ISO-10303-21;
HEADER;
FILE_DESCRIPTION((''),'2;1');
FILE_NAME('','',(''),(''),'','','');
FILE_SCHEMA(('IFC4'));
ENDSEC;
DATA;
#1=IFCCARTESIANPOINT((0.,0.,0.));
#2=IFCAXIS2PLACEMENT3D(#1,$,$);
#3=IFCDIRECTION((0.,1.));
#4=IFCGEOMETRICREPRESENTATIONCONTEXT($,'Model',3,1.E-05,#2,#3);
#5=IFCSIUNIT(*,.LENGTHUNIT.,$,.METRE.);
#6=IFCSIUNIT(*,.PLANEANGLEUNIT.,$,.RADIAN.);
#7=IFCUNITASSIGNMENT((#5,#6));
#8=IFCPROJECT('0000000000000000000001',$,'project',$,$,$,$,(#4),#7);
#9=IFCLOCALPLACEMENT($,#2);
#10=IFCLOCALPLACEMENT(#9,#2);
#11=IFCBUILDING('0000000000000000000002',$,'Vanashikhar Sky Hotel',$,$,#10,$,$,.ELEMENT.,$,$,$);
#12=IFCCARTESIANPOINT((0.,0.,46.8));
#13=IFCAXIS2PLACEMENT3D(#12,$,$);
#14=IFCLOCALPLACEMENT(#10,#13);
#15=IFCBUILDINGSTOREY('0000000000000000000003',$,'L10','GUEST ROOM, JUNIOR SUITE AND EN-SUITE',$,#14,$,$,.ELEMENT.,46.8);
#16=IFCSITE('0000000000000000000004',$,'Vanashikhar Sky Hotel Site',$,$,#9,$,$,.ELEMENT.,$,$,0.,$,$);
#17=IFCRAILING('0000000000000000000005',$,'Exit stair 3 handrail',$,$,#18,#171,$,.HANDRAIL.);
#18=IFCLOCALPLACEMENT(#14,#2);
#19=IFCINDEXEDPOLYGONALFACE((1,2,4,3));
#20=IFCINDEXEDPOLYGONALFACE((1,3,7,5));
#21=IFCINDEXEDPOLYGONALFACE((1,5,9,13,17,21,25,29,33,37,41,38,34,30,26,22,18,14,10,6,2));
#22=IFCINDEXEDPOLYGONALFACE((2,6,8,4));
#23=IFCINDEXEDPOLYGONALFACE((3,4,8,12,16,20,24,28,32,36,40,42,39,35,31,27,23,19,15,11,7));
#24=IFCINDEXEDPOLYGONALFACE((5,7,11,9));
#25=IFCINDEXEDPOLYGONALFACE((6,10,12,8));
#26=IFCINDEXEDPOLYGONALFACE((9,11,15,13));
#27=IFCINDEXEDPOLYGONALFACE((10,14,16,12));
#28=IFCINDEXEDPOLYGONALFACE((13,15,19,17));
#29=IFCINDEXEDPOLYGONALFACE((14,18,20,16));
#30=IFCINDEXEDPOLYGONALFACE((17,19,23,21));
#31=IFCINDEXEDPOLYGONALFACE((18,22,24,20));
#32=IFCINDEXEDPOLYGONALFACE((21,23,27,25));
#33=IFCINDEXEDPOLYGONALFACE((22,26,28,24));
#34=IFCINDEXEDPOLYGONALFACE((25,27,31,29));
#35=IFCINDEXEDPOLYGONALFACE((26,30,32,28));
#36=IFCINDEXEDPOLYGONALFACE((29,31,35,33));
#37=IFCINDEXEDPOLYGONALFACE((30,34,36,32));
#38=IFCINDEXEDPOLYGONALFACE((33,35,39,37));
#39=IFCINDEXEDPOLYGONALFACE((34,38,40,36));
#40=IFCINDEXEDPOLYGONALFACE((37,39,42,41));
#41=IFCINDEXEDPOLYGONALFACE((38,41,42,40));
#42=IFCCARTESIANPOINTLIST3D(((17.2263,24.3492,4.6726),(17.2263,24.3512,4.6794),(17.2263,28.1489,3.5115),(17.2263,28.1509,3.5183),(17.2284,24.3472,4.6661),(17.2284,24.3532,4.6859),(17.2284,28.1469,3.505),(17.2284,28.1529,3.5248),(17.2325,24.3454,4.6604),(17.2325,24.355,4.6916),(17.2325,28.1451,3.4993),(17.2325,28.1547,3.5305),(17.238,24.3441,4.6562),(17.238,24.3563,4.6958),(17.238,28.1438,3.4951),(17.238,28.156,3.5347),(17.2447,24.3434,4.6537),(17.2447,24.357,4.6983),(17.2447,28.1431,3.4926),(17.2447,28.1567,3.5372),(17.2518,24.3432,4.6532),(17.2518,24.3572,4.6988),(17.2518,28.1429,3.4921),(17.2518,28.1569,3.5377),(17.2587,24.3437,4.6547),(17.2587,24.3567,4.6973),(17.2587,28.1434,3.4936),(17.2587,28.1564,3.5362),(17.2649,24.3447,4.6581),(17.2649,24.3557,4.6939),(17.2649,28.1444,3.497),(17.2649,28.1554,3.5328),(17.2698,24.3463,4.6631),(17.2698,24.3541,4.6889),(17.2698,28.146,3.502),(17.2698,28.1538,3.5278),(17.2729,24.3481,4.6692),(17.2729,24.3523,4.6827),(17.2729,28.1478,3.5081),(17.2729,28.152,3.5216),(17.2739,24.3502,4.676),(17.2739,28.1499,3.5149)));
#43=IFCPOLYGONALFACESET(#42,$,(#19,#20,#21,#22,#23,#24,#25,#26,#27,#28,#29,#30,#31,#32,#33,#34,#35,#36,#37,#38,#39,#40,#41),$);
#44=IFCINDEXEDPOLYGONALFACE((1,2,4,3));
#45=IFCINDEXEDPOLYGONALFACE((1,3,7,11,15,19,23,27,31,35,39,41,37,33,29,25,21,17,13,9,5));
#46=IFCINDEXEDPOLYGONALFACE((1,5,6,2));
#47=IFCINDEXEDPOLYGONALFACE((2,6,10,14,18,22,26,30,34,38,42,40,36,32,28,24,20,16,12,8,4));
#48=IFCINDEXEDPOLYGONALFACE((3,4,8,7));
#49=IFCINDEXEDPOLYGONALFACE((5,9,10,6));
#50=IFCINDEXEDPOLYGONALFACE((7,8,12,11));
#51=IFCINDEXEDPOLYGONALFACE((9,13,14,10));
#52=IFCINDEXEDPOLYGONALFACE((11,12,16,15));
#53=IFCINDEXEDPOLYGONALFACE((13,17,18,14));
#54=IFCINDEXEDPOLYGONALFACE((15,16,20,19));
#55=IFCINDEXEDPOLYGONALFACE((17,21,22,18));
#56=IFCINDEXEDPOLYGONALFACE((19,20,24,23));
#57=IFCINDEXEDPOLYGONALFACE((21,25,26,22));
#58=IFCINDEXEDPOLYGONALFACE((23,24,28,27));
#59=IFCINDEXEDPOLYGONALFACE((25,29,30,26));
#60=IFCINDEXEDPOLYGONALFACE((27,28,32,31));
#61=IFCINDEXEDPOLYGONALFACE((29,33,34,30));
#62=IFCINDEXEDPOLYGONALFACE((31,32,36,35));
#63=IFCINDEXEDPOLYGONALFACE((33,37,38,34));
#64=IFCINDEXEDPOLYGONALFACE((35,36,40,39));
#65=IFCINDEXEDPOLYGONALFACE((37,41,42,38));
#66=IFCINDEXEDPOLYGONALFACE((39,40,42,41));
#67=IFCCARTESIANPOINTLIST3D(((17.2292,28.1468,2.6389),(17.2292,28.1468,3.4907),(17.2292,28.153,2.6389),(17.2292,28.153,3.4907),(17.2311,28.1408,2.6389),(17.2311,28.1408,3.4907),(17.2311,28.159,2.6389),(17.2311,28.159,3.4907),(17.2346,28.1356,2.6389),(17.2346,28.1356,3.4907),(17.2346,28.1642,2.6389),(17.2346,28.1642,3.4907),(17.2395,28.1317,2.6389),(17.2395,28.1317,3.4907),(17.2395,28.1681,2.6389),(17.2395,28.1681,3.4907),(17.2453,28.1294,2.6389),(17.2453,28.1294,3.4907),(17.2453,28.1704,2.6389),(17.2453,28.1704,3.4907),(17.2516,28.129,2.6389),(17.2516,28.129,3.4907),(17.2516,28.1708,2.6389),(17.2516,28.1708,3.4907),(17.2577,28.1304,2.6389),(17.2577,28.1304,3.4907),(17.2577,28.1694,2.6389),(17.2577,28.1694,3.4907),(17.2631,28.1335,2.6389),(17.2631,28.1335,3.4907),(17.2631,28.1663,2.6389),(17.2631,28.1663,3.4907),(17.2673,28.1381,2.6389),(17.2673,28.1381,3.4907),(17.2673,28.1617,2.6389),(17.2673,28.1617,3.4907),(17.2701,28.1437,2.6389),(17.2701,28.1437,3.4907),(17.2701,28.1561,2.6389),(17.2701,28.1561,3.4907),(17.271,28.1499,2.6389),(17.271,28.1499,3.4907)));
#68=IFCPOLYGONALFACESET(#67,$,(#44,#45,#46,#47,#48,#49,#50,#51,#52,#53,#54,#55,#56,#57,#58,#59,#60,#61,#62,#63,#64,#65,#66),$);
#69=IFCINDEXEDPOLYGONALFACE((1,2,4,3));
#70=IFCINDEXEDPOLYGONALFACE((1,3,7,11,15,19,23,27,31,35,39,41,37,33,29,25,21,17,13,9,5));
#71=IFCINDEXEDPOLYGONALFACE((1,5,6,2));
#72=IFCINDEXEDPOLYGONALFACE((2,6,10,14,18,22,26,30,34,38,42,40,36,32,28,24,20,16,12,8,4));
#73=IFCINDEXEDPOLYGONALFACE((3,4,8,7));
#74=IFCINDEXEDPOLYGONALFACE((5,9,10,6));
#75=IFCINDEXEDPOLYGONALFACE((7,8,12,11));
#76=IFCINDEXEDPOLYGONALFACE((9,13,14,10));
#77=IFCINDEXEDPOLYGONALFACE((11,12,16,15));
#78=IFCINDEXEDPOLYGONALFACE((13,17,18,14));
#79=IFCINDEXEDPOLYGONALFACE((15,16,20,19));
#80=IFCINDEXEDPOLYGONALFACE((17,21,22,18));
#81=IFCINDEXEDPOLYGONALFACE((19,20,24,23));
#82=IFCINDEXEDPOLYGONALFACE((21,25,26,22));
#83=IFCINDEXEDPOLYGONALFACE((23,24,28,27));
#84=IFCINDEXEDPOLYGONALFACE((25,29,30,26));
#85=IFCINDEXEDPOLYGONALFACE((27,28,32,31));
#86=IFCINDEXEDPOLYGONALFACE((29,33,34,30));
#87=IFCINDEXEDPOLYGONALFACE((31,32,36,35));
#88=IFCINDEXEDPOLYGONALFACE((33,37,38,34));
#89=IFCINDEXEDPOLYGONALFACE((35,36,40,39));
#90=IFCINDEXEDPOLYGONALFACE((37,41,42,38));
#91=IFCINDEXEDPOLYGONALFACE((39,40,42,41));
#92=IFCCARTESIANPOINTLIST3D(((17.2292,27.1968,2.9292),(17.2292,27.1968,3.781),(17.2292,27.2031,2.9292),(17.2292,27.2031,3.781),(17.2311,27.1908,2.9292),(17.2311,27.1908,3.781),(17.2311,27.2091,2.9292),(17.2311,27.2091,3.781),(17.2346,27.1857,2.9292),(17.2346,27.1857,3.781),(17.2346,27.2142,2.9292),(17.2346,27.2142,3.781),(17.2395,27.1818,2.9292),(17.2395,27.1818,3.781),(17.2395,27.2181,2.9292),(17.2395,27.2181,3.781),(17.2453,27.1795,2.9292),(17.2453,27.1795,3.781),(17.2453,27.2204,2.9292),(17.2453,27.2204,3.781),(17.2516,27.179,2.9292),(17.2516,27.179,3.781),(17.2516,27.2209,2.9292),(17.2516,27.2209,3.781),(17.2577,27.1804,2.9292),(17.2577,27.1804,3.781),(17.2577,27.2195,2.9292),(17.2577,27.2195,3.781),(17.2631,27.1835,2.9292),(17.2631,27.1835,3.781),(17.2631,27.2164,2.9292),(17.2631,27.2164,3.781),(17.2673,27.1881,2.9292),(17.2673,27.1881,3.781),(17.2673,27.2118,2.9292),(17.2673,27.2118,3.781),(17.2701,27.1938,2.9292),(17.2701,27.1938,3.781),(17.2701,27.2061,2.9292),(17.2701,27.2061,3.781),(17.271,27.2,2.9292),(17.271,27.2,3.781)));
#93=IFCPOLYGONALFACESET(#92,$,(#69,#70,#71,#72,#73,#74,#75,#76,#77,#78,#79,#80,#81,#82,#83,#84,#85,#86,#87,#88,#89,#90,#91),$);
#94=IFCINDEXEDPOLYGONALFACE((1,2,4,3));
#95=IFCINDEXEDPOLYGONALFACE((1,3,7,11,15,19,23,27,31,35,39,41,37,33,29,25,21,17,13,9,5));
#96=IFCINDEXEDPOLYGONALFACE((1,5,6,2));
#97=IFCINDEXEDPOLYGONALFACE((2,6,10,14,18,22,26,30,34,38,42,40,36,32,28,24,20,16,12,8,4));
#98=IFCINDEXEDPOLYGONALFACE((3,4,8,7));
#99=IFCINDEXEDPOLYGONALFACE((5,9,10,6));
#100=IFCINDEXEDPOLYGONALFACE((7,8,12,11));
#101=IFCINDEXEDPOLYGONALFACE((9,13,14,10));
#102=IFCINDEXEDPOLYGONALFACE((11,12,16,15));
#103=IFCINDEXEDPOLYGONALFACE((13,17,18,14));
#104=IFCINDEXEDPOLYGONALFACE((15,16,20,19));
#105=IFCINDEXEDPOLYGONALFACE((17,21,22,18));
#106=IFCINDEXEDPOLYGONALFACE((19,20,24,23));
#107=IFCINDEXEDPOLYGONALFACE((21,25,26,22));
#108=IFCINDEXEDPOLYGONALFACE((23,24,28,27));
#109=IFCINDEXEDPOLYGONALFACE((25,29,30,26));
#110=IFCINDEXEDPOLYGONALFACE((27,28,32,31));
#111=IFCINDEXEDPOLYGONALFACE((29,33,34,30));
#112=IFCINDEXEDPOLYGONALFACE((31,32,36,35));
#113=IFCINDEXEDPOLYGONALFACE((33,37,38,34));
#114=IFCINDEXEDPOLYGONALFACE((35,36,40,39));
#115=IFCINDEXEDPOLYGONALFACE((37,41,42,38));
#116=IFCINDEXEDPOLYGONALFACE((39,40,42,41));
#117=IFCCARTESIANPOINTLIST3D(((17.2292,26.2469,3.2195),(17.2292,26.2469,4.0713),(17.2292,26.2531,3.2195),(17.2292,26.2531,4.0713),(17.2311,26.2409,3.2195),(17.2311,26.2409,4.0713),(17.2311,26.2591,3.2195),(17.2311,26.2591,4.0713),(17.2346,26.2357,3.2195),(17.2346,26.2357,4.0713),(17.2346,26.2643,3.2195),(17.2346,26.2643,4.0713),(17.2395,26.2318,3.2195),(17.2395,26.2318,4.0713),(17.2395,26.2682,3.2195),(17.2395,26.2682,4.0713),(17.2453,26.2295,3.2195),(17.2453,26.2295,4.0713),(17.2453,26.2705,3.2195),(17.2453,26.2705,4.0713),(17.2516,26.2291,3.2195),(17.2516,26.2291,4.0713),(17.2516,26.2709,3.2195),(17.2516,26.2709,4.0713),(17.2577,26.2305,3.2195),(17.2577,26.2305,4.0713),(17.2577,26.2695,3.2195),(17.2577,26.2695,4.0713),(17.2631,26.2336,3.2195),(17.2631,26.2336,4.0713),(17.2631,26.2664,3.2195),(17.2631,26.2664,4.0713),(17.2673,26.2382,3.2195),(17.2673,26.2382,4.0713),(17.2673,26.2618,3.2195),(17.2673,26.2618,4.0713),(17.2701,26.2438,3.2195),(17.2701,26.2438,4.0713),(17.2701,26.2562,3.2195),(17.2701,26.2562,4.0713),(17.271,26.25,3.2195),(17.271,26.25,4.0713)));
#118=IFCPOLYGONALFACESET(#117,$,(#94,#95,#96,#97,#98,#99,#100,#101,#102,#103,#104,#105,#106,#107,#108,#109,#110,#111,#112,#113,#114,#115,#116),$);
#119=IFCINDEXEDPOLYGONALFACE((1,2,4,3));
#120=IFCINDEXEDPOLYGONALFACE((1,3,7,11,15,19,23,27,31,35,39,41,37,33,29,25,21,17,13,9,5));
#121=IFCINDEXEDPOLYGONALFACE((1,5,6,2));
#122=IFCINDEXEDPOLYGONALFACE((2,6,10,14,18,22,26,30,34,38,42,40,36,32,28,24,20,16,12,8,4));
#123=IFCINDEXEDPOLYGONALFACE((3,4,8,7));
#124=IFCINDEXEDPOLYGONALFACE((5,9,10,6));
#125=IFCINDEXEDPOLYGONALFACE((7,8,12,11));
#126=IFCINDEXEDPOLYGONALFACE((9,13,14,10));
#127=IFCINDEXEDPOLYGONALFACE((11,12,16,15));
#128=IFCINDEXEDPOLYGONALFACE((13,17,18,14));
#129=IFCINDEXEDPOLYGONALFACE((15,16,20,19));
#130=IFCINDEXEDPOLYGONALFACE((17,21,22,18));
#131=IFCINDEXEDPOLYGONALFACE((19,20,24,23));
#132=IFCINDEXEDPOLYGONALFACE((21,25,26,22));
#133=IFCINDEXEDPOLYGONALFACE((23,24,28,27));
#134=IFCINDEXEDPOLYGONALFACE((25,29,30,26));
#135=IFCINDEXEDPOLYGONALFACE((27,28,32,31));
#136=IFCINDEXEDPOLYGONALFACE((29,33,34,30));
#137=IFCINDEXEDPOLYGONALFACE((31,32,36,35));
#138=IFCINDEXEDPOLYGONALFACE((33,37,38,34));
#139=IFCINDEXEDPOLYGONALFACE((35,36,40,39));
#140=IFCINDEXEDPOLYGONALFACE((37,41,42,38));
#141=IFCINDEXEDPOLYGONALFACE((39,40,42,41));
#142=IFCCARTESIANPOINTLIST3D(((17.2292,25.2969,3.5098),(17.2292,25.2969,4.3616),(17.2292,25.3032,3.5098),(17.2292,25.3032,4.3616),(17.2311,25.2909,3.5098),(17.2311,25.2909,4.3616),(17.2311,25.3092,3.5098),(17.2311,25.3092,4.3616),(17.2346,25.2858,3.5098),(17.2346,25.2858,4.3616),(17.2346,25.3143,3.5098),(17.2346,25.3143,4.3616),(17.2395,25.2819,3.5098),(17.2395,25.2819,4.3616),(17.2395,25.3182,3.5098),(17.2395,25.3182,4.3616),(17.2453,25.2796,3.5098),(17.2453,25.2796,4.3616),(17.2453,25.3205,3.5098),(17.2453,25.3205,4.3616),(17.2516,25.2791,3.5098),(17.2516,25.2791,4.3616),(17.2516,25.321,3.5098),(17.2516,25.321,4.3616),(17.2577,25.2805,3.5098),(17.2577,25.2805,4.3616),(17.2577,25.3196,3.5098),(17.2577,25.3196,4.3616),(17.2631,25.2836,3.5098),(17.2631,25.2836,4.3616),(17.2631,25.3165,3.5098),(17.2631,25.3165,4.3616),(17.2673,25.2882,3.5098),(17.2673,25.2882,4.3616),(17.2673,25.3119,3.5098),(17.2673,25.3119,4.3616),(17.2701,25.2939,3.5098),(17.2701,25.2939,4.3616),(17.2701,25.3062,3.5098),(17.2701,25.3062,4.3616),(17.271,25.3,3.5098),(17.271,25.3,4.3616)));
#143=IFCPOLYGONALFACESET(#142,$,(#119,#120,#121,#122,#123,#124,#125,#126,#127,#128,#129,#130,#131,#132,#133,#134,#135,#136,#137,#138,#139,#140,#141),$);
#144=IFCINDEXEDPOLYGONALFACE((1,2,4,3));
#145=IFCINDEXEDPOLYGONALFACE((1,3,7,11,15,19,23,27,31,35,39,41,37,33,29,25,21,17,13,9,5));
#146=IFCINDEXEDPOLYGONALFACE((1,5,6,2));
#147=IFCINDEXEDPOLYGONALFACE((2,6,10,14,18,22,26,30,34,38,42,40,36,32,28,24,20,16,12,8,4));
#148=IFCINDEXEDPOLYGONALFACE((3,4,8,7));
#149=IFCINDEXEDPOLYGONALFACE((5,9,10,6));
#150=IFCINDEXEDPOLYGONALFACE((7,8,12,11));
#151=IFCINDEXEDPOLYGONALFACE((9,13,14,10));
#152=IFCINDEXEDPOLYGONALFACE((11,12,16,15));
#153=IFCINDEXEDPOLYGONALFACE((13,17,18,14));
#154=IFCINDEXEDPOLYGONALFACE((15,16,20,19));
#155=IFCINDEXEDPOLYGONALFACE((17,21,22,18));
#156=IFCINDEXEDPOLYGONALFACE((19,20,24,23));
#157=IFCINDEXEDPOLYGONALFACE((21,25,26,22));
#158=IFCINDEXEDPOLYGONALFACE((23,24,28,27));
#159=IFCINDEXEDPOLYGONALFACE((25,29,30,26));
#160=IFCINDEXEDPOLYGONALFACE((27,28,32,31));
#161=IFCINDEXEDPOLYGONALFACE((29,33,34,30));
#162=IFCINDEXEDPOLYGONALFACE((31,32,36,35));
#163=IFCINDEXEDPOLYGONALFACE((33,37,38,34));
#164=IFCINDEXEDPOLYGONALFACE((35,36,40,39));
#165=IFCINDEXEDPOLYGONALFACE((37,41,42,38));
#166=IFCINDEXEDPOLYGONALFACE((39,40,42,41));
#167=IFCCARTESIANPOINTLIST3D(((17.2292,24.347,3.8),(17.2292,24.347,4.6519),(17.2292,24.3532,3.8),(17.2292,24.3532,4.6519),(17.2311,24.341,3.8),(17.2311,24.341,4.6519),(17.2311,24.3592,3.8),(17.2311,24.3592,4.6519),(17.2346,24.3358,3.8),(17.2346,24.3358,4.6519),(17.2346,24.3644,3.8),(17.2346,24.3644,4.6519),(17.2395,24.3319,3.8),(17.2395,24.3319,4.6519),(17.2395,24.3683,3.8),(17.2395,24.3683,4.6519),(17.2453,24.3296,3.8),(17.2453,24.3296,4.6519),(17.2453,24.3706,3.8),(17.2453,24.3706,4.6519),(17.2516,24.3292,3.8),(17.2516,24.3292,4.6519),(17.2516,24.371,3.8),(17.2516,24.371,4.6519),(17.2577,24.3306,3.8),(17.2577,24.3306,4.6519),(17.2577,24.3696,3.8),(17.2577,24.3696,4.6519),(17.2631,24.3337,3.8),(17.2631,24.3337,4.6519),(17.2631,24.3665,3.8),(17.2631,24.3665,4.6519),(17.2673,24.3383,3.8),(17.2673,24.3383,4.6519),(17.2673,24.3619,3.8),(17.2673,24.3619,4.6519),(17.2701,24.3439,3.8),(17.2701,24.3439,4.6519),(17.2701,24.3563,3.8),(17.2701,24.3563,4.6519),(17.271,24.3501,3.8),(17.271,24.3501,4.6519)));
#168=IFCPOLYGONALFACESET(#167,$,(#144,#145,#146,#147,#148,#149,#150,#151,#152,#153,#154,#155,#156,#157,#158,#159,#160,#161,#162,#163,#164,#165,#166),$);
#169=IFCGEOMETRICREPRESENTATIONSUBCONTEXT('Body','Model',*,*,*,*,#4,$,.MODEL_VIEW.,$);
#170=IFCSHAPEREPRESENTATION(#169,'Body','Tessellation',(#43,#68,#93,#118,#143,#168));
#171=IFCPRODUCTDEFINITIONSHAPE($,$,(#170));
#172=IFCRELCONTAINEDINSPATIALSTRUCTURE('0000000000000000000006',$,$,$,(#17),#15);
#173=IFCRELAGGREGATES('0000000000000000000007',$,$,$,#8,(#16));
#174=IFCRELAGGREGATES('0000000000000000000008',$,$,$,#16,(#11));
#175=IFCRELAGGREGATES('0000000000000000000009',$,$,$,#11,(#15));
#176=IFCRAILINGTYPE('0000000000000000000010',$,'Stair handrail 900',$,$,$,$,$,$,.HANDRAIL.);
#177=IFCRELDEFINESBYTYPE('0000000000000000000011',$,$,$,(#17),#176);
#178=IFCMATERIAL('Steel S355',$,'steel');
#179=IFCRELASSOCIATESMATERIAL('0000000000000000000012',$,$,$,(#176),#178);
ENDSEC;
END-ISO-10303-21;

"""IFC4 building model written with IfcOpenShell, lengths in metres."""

from ifc_helpers import new_model, si_unit, direction, frame, origin, origin_2d, place, context, subcontext, project, spatial, circle, extrude, source, transform, mapped, material, type_object, element, save


model = new_model("IFC4")

# Units and contexts
model_context = context("Model", 3, precision=1e-05, world=origin(), true_north=direction((0.0, 1.0)))
body_context = subcontext(model_context, "Body", "Model", "MODEL_VIEW")
ifc_project = project(units=[si_unit("LENGTHUNIT", "METRE"), si_unit("PLANEANGLEUNIT", "RADIAN")], contexts=[model_context])

# Site, building, storey
site_placement = place(None, origin())
site = spatial("IfcSite", under=ifc_project, at=site_placement, Name="Vanashikhar Sky Hotel Site", CompositionType="ELEMENT", RefElevation=0.0)
building_placement = place(site_placement, origin())
building = spatial("IfcBuilding", under=site, at=building_placement, Name="Vanashikhar Sky Hotel", CompositionType="ELEMENT")
storey_placement = place(building_placement, frame((0.0, 0.0, 46.8)))
storey = spatial("IfcBuildingStorey", under=building, at=storey_placement, Name="L10", Description="GUEST ROOM, JUNIOR SUITE AND EN-SUITE", CompositionType="ELEMENT", Elevation=46.8)

# Railing
ifc_material_1 = material(Name="Steel S355", Category="steel")
railing_type_1 = type_object("IfcRailingType", Name="Stair handrail 900", PredefinedType="HANDRAIL", material=ifc_material_1)
shared_shape_1 = source(origin(), body_context, "Body", "SweptSolid", [
    extrude(circle(Radius=0.0239, at=origin_2d()), frame((0.0, 0.0, 0.876), z_axis=(0.0, -0.956346, 0.292237), x_axis=(1.0, 0.0, 0.0)), (0.0, 0.0, 1.0), 3.9731),
    extrude(circle(Radius=0.021, at=origin_2d()), origin(), (0.0, 0.0, 1.0), 0.8518),
    extrude(circle(Radius=0.021, at=origin_2d()), frame((0.0, -0.95, 0.2903)), (0.0, 0.0, 1.0), 0.8518),
    extrude(circle(Radius=0.021, at=origin_2d()), frame((0.0, -1.8999, 0.5806)), (0.0, 0.0, 1.0), 0.8518),
    extrude(circle(Radius=0.021, at=origin_2d()), frame((0.0, -2.8499, 0.8708)), (0.0, 0.0, 1.0), 0.8518),
    extrude(circle(Radius=0.021, at=origin_2d()), frame((0.0, -3.7998, 1.1611)), (0.0, 0.0, 1.0), 0.8518),
])
for number, where, name in (
    (1, (17.25, 28.1499, 2.6389), "Exit stair 3 handrail"),
):
    element("IfcRailing", number, at=place(storey_placement, frame(where)), inside=storey, type_object=railing_type_1, Name=name, PredefinedType="HANDRAIL", context=body_context, shape_type="MappedRepresentation", body=[
        mapped(shared_shape_1, transform((0.0, 0.0, 0.0), scale=1.0)),
    ])

save(model, "model.ifc")
